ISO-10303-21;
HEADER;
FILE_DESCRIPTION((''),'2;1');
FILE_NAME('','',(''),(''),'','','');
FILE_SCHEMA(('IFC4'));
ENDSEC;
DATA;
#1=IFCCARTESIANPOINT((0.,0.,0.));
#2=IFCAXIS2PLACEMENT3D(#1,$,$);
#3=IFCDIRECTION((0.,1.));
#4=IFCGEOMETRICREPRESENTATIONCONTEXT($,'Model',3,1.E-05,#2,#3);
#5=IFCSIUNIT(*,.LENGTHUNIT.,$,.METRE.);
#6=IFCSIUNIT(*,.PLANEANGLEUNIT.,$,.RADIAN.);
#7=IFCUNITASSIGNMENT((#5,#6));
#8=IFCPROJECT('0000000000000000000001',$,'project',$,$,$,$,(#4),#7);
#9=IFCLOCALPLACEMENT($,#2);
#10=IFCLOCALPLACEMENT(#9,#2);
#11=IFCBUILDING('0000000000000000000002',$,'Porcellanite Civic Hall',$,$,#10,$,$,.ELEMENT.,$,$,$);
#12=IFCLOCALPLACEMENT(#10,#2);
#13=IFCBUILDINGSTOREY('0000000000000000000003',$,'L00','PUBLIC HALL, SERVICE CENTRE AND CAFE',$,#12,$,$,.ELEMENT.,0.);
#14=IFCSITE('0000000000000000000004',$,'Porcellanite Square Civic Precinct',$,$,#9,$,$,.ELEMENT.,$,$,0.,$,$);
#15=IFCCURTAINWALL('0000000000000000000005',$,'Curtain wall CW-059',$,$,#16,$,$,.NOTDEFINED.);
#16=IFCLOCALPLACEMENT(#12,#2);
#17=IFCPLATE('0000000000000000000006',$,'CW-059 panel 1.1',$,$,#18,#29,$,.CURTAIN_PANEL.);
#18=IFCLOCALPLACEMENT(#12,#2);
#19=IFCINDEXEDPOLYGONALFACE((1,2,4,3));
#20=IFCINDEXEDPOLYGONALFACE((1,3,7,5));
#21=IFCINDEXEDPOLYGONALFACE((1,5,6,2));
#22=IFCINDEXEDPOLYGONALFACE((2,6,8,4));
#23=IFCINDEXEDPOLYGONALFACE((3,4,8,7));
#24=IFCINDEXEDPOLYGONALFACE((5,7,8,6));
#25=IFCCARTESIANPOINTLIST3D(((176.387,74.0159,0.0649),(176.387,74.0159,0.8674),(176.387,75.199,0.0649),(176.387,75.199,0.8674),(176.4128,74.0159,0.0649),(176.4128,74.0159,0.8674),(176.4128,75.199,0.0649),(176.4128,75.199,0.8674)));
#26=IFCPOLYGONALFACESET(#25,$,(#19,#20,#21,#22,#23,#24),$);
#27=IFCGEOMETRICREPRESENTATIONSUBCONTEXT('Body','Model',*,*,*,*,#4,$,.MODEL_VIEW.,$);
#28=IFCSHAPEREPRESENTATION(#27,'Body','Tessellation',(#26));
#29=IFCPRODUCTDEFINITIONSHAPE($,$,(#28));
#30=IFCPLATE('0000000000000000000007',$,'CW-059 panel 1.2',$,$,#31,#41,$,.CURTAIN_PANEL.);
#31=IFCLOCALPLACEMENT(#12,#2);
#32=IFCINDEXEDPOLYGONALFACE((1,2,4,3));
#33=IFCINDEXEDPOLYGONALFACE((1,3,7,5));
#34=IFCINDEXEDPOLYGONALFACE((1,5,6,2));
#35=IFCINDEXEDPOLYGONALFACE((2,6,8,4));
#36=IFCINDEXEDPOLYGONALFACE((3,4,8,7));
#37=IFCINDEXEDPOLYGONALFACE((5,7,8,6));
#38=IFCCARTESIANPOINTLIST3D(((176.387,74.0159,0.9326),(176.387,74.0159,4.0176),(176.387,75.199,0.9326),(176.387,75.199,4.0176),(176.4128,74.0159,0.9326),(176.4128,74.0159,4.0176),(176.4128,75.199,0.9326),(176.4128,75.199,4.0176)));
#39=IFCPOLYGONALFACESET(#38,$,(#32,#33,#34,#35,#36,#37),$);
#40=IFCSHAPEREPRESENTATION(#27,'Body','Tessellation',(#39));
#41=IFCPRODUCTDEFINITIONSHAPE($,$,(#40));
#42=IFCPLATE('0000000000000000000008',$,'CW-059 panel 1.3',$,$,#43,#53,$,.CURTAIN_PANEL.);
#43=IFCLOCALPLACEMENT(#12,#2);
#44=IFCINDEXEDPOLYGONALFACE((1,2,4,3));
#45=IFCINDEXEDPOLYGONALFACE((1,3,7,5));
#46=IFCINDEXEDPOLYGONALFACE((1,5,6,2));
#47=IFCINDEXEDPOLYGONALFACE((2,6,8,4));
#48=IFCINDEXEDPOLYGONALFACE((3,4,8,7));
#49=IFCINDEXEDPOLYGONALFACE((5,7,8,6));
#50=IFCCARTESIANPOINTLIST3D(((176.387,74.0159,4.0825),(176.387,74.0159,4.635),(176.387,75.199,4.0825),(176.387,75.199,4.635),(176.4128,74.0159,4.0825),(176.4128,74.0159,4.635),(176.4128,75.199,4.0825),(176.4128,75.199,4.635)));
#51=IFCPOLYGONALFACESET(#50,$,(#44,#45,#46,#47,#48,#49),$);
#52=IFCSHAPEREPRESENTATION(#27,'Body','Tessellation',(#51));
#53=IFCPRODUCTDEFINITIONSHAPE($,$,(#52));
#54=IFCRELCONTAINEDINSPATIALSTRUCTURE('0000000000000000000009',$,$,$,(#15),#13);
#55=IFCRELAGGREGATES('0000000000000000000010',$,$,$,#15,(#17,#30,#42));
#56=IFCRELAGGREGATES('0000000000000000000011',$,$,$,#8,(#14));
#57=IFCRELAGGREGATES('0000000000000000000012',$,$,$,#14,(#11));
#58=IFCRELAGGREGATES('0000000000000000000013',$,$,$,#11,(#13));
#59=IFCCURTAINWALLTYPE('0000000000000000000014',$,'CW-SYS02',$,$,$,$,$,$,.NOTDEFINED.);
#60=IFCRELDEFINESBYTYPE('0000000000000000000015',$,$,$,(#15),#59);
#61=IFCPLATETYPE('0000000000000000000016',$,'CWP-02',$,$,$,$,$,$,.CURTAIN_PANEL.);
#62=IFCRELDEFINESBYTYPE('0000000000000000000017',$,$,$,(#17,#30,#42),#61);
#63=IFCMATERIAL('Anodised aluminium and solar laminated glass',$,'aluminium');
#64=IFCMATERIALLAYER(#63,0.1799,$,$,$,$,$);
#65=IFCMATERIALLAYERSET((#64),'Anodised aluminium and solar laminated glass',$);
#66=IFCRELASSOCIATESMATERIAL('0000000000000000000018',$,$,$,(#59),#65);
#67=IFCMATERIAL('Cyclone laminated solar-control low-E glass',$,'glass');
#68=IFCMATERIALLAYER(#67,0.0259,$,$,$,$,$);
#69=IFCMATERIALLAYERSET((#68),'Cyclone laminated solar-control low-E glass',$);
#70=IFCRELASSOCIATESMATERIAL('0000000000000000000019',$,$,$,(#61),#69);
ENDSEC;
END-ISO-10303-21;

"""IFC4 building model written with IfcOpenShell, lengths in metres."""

from ifc_helpers import new_model, si_unit, direction, frame, origin, origin_2d, place, context, subcontext, project, spatial, rectangle, extrude, material, layer, layer_set, type_object, element, aggregate, save


model = new_model("IFC4")

# Units and contexts
model_context = context("Model", 3, precision=1e-05, world=origin(), true_north=direction((0.0, 1.0)))
body_context = subcontext(model_context, "Body", "Model", "MODEL_VIEW")
ifc_project = project(units=[si_unit("LENGTHUNIT", "METRE"), si_unit("PLANEANGLEUNIT", "RADIAN")], contexts=[model_context])

# Site, building, storey
site_placement = place(None, origin())
site = spatial("IfcSite", under=ifc_project, at=site_placement, Name="Porcellanite Square Civic Precinct", CompositionType="ELEMENT", RefElevation=0.0)
building_placement = place(site_placement, origin())
building = spatial("IfcBuilding", under=site, at=building_placement, Name="Porcellanite Civic Hall", CompositionType="ELEMENT")
storey_placement = place(building_placement, origin())
storey = spatial("IfcBuildingStorey", under=building, at=storey_placement, Name="L00", Description="PUBLIC HALL, SERVICE CENTRE AND CAFE", CompositionType="ELEMENT", Elevation=0.0)

# Shared definitions
ifc_material_1 = material(Name="Anodised aluminium and solar laminated glass", Category="aluminium")
ifc_layer_1 = layer(ifc_material_1, 0.1799)
ifc_layer_set_1 = layer_set([ifc_layer_1], Name="Anodised aluminium and solar laminated glass")
curtain_wall_type = type_object("IfcCurtainWallType", Name="CW-SYS02", PredefinedType="NOTDEFINED", material=ifc_layer_set_1)

# Curtain wall
curtain_wall_1_placement = place(storey_placement, origin())
curtain_wall_1 = element("IfcCurtainWall", 1, at=curtain_wall_1_placement, inside=storey, type_object=curtain_wall_type, Name="Curtain wall CW-059", PredefinedType="NOTDEFINED")

# Plates
ifc_material_2 = material(Name="Cyclone laminated solar-control low-E glass", Category="glass")
ifc_layer_2 = layer(ifc_material_2, 0.0259)
ifc_layer_set_2 = layer_set([ifc_layer_2], Name="Cyclone laminated solar-control low-E glass")
plate_type = type_object("IfcPlateType", Name="CWP-02", PredefinedType="CURTAIN_PANEL", material=ifc_layer_set_2)
plate_1_placement = place(storey_placement, frame((176.3999, 74.6074, 0.0649), z_axis=(0.0, 0.0, 1.0), x_axis=(0.0, -1.0, 0.0)))
plate_1 = element("IfcPlate", 2, at=plate_1_placement, type_object=plate_type, Name="CW-059 panel 1.1", PredefinedType="CURTAIN_PANEL", context=body_context, shape_type="SweptSolid", body=[
    extrude(rectangle(XDim=1.1831, YDim=0.0259, at=origin_2d()), origin(), (0.0, 0.0, 1.0), 0.8025),
])
plate_2_placement = place(storey_placement, frame((176.3999, 74.6074, 0.9326), z_axis=(0.0, 0.0, 1.0), x_axis=(0.0, -1.0, 0.0)))
plate_2 = element("IfcPlate", 3, at=plate_2_placement, type_object=plate_type, Name="CW-059 panel 1.2", PredefinedType="CURTAIN_PANEL", context=body_context, shape_type="SweptSolid", body=[
    extrude(rectangle(XDim=1.1831, YDim=0.0259, at=origin_2d()), origin(), (0.0, 0.0, 1.0), 3.085),
])
plate_3_placement = place(storey_placement, frame((176.3999, 74.6074, 4.0825), z_axis=(0.0, 0.0, 1.0), x_axis=(0.0, -1.0, 0.0)))
plate_3 = element("IfcPlate", 4, at=plate_3_placement, type_object=plate_type, Name="CW-059 panel 1.3", PredefinedType="CURTAIN_PANEL", context=body_context, shape_type="SweptSolid", body=[
    extrude(rectangle(XDim=1.1831, YDim=0.0259, at=origin_2d()), origin(), (0.0, 0.0, 1.0), 0.5525),
])
aggregate(curtain_wall_1, [plate_1, plate_2, plate_3])

save(model, "model.ifc")
